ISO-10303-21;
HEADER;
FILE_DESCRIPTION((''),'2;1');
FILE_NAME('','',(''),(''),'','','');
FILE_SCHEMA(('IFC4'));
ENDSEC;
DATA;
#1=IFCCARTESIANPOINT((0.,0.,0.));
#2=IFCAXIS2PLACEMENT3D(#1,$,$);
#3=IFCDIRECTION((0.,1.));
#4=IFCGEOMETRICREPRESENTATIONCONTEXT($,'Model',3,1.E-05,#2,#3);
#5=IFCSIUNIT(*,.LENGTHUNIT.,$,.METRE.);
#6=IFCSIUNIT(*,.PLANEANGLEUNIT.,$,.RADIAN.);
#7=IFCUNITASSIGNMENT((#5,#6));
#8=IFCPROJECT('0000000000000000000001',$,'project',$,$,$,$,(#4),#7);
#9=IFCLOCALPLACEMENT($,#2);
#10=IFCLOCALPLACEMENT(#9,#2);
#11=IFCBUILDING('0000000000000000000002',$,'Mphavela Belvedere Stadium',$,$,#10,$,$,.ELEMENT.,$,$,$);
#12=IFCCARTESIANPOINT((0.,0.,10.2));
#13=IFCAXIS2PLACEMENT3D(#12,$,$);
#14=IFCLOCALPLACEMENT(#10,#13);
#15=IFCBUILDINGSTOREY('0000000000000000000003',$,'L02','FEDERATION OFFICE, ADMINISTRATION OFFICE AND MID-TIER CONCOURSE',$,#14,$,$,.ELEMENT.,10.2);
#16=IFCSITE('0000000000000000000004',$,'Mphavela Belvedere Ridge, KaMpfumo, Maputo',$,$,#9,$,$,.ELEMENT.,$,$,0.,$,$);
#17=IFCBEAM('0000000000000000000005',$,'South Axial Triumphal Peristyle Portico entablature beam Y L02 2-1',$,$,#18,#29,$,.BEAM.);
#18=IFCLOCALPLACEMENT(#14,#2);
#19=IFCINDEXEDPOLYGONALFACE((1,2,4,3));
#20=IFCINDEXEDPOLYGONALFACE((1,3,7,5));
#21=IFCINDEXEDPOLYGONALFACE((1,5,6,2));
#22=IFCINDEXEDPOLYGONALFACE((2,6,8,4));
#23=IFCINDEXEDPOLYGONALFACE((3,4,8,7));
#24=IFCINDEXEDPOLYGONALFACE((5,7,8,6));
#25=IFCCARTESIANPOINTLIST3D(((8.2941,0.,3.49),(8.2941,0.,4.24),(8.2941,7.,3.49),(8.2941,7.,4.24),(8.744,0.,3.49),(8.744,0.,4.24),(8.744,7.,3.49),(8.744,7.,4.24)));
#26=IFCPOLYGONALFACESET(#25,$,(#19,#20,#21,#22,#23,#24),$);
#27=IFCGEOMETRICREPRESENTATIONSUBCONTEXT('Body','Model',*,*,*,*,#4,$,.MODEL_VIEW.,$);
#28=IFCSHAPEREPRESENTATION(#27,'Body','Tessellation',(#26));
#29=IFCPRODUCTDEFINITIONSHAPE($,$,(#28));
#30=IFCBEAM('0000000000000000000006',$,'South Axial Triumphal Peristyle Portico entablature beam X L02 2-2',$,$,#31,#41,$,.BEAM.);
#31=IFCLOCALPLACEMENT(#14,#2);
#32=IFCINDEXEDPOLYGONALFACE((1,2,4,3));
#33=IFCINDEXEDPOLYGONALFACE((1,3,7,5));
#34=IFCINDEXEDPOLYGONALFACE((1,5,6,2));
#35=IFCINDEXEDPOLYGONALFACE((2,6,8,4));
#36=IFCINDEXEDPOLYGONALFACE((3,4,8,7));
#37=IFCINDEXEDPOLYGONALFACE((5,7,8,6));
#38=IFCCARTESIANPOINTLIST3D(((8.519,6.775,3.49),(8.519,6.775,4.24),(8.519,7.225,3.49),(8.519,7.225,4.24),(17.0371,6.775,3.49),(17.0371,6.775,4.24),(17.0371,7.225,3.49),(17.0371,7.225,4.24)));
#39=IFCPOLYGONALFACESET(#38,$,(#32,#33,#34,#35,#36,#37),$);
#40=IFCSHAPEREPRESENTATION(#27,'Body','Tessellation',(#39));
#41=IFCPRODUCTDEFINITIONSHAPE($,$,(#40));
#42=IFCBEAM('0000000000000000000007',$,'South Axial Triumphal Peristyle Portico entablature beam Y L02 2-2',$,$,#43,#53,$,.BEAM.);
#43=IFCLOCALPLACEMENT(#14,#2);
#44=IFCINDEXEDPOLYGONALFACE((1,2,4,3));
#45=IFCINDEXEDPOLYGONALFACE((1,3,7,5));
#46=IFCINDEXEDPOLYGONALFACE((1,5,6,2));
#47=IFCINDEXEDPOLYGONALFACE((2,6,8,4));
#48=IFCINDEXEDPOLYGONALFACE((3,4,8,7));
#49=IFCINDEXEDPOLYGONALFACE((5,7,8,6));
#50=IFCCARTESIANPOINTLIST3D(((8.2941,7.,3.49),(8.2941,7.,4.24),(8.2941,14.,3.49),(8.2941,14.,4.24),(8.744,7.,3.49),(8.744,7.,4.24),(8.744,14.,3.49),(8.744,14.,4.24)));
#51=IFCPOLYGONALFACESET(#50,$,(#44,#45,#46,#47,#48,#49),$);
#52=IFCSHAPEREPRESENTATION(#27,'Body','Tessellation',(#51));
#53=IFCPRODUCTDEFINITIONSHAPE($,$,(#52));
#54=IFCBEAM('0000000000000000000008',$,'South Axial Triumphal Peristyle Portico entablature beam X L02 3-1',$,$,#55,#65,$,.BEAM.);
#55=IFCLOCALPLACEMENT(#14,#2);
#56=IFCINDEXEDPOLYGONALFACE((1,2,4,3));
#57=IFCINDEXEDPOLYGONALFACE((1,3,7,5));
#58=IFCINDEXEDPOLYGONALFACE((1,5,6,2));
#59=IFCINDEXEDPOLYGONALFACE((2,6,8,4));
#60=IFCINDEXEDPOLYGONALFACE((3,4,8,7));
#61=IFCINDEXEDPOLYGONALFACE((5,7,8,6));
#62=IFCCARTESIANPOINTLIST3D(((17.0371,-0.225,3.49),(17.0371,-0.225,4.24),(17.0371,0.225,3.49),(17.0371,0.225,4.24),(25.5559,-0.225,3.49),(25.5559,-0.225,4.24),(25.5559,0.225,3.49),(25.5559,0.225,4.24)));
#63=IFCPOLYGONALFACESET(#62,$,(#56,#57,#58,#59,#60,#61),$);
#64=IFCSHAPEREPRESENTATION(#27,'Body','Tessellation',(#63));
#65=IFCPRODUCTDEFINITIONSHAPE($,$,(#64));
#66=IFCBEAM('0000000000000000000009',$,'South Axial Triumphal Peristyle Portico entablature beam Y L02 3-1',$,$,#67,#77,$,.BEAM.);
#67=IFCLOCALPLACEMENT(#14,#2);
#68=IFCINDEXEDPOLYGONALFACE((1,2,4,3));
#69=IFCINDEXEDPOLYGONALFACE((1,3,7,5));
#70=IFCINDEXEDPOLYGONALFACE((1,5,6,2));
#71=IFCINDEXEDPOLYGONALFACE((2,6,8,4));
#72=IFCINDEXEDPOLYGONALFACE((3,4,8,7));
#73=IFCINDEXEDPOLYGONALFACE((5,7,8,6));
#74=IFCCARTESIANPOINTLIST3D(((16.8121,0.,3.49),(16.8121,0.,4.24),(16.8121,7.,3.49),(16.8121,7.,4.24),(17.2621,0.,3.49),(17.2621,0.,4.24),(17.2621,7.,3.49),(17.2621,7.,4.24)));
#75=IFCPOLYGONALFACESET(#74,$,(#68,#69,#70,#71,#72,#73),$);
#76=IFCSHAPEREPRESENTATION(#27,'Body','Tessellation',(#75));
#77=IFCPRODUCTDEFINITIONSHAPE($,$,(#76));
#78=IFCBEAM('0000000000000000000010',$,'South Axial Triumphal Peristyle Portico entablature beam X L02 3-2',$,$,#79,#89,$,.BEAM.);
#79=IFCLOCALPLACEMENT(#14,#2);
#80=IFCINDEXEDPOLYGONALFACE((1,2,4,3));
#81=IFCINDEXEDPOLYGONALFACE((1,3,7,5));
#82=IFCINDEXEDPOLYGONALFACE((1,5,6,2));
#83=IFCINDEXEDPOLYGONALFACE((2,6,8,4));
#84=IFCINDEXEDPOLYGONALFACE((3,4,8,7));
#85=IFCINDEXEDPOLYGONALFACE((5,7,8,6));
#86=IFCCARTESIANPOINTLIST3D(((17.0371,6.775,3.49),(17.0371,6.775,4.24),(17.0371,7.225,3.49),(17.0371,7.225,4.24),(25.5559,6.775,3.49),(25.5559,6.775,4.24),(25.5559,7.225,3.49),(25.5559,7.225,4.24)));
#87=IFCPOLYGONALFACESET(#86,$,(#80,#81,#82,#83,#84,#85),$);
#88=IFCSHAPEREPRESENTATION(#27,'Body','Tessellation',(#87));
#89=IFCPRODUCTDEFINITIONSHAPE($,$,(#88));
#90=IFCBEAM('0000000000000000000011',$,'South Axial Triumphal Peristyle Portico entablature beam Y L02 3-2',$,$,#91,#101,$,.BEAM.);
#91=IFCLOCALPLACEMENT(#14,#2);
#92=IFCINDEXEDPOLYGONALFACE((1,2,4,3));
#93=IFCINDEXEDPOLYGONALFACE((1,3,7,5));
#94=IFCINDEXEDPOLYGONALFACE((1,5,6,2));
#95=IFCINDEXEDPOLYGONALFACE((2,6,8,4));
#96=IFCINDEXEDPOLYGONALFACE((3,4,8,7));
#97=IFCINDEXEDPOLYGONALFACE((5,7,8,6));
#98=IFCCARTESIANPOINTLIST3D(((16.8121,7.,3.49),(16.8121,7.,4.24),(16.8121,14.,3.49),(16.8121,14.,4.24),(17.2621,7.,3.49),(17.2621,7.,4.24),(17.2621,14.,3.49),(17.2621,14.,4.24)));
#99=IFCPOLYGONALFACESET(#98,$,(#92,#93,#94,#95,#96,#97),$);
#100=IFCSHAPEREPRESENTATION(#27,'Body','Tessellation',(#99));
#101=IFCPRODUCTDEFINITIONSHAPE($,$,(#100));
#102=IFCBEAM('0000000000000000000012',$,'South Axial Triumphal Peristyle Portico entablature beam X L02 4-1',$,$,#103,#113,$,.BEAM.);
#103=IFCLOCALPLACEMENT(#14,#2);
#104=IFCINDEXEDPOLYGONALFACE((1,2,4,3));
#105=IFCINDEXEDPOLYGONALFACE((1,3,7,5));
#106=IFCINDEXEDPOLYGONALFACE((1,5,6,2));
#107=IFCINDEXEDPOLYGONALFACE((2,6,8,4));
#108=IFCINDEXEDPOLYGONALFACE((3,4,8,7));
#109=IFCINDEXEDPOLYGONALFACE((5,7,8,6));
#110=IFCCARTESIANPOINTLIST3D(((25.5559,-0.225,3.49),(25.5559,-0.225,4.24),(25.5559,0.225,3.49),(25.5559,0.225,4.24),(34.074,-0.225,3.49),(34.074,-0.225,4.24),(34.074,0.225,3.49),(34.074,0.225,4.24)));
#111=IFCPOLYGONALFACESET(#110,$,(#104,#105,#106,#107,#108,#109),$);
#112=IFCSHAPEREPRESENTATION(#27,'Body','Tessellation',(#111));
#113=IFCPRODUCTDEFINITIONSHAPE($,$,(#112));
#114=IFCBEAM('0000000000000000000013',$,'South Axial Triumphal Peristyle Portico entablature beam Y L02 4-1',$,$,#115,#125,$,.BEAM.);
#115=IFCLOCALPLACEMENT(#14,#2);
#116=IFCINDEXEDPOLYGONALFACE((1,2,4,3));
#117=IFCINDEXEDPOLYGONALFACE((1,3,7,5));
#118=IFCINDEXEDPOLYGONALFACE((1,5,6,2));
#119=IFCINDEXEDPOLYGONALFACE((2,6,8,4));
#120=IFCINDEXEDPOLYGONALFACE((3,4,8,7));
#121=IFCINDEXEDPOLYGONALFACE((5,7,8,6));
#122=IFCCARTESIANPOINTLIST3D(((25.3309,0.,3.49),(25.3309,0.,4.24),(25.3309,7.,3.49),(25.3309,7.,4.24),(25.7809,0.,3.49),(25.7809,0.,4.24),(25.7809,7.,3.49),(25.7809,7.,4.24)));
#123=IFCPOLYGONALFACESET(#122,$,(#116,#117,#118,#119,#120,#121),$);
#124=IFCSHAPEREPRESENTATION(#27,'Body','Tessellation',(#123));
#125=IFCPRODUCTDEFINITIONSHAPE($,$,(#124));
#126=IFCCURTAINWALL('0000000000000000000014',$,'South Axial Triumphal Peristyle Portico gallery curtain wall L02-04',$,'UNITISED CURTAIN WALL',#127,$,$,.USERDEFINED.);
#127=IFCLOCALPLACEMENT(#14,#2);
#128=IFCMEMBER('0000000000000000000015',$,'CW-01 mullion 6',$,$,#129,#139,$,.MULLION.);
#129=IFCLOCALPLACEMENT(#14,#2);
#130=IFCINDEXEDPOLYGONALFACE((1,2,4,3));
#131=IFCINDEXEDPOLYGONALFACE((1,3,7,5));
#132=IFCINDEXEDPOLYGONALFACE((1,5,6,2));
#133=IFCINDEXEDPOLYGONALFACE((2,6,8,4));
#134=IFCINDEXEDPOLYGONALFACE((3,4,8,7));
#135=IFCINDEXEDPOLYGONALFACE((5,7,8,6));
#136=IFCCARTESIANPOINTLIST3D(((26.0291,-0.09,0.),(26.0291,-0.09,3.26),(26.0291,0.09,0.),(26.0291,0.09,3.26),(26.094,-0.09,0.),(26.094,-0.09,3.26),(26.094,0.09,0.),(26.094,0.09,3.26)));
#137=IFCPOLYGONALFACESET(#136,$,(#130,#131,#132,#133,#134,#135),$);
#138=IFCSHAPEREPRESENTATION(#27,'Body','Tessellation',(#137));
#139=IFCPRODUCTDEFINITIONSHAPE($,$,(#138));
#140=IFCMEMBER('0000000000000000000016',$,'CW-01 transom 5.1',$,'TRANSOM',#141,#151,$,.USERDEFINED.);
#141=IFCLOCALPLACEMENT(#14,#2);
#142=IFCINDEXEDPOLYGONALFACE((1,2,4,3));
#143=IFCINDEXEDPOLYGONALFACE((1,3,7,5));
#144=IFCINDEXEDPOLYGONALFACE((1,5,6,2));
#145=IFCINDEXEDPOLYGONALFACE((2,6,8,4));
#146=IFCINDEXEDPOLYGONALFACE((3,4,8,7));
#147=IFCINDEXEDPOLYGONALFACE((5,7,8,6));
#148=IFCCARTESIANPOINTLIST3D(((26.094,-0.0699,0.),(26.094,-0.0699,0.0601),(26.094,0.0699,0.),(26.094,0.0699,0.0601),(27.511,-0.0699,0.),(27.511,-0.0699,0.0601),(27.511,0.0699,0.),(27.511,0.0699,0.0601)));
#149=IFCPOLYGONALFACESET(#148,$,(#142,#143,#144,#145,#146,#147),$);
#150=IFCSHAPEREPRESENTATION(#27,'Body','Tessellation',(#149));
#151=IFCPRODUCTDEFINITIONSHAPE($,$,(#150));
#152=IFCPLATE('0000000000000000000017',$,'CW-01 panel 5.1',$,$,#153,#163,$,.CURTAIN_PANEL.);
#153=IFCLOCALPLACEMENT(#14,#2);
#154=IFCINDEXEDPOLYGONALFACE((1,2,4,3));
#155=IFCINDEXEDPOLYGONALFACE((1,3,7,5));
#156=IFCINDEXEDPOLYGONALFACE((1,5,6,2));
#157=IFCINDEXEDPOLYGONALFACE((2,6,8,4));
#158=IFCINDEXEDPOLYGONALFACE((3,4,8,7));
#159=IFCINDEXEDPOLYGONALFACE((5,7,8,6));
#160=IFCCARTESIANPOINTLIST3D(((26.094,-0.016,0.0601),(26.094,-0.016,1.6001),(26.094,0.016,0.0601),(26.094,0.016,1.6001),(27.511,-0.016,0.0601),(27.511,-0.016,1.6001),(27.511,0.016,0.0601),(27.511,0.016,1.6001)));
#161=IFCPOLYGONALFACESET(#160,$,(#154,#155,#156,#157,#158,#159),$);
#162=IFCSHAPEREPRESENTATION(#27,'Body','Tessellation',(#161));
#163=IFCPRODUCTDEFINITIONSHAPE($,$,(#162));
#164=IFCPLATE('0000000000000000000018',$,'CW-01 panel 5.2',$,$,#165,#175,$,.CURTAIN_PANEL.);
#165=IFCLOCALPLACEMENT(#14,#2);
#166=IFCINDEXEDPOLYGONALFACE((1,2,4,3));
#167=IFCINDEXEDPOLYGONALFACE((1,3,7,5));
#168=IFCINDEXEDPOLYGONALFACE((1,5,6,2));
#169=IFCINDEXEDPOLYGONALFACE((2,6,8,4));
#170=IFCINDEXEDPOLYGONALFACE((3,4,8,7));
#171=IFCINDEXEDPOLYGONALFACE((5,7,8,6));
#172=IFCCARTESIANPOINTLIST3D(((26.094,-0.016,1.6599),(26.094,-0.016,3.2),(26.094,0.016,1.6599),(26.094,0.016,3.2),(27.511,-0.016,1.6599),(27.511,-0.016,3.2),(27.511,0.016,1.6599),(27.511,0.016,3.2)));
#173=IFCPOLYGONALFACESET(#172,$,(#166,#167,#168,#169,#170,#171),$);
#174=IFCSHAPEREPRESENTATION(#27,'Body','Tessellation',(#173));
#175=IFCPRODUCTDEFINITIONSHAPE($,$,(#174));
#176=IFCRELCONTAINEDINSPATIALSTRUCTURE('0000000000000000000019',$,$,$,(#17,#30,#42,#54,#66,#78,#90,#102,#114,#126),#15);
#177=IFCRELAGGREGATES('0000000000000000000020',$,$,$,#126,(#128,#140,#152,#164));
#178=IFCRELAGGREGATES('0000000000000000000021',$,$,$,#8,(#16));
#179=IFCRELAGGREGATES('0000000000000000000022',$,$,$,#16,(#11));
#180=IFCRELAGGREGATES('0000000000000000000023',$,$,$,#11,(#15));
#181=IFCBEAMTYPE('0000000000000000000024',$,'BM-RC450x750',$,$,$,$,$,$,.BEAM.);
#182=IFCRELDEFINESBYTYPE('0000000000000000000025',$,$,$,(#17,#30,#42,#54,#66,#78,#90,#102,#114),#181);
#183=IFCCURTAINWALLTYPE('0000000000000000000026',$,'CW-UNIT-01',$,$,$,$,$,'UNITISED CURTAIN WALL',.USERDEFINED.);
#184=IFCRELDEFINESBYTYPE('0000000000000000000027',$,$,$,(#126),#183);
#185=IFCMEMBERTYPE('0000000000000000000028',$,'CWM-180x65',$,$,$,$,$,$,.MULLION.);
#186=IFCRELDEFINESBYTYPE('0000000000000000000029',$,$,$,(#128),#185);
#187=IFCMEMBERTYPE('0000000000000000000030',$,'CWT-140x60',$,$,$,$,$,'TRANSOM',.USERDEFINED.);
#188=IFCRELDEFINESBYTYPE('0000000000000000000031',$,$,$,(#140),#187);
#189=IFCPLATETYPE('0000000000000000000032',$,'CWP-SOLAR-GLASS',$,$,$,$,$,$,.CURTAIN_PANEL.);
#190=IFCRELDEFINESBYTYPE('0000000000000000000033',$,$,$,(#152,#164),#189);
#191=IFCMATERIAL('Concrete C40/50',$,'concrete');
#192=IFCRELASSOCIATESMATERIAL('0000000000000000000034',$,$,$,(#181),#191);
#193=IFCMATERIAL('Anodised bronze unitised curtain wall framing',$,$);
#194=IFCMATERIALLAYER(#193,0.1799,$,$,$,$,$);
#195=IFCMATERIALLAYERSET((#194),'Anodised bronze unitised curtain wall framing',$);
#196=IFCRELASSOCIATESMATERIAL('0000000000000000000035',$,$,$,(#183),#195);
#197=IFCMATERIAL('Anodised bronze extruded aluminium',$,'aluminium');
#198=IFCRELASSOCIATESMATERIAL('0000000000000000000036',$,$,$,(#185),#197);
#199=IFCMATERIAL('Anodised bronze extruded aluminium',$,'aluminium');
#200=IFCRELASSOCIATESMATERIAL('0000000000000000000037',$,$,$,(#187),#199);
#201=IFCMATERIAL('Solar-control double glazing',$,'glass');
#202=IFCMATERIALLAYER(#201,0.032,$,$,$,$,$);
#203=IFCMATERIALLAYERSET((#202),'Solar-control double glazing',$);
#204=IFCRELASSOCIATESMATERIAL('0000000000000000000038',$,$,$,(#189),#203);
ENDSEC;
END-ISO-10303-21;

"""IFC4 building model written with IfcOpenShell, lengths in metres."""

from ifc_helpers import new_model, si_unit, direction, frame, origin, origin_2d, place, context, subcontext, project, spatial, rectangle, extrude, material, layer, layer_set, material_profile, profile_set, type_object, element, aggregate, save


model = new_model("IFC4")

# Units and contexts
model_context = context("Model", 3, precision=1e-05, world=origin(), true_north=direction((0.0, 1.0)))
body_context = subcontext(model_context, "Body", "Model", "MODEL_VIEW")
ifc_project = project(units=[si_unit("LENGTHUNIT", "METRE"), si_unit("PLANEANGLEUNIT", "RADIAN")], contexts=[model_context])

# Site, building, storey
site_placement = place(None, origin())
site = spatial("IfcSite", under=ifc_project, at=site_placement, Name="Mphavela Belvedere Ridge, KaMpfumo, Maputo", CompositionType="ELEMENT", RefElevation=0.0)
building_placement = place(site_placement, origin())
building = spatial("IfcBuilding", under=site, at=building_placement, Name="Mphavela Belvedere Stadium", CompositionType="ELEMENT")
storey_placement = place(building_placement, frame((0.0, 0.0, 10.2)))
storey = spatial("IfcBuildingStorey", under=building, at=storey_placement, Name="L02", Description="FEDERATION OFFICE, ADMINISTRATION OFFICE AND MID-TIER CONCOURSE", CompositionType="ELEMENT", Elevation=10.2)

# Beams
ifc_material_1 = material(Name="Concrete C40/50", Category="concrete")
ifc_material_profile_1 = material_profile(ifc_material_1, rectangle(XDim=0.45, YDim=0.75, at=origin_2d()), Name="RC 450x750")
ifc_profile_set_1 = profile_set([ifc_material_profile_1], Name="Concrete C40/50")
beam_type_1 = type_object("IfcBeamType", Name="BM-RC450x750", PredefinedType="BEAM", material=ifc_profile_set_1)
beam_1_placement = place(storey_placement, frame((8.519, 0.0, 3.865), z_axis=(0.0, 1.0, 0.0), x_axis=(-1.0, 0.0, 0.0)))
element("IfcBeam", 1, at=beam_1_placement, inside=storey, type_object=beam_type_1, Name="South Axial Triumphal Peristyle Portico entablature beam Y L02 2-1", PredefinedType="BEAM", context=body_context, shape_type="SweptSolid", body=[
    extrude(rectangle(XDim=0.45, YDim=0.75, at=origin_2d()), origin(), (0.0, 0.0, 1.0), 7.0),
])
beam_2_placement = place(storey_placement, frame((8.519, 7.0, 3.865), z_axis=(1.0, 0.0, 0.0), x_axis=(0.0, 1.0, 0.0)))
element("IfcBeam", 2, at=beam_2_placement, inside=storey, type_object=beam_type_1, Name="South Axial Triumphal Peristyle Portico entablature beam X L02 2-2", PredefinedType="BEAM", context=body_context, shape_type="SweptSolid", body=[
    extrude(rectangle(XDim=0.45, YDim=0.75, at=origin_2d()), origin(), (0.0, 0.0, 1.0), 8.5181),
])
beam_3_placement = place(storey_placement, frame((8.519, 7.0, 3.865), z_axis=(0.0, 1.0, 0.0), x_axis=(-1.0, 0.0, 0.0)))
element("IfcBeam", 3, at=beam_3_placement, inside=storey, type_object=beam_type_1, Name="South Axial Triumphal Peristyle Portico entablature beam Y L02 2-2", PredefinedType="BEAM", context=body_context, shape_type="SweptSolid", body=[
    extrude(rectangle(XDim=0.45, YDim=0.75, at=origin_2d()), origin(), (0.0, 0.0, 1.0), 7.0),
])
beam_4_placement = place(storey_placement, frame((17.0371, 0.0, 3.865), z_axis=(1.0, 0.0, 0.0), x_axis=(0.0, 1.0, 0.0)))
element("IfcBeam", 4, at=beam_4_placement, inside=storey, type_object=beam_type_1, Name="South Axial Triumphal Peristyle Portico entablature beam X L02 3-1", PredefinedType="BEAM", context=body_context, shape_type="SweptSolid", body=[
    extrude(rectangle(XDim=0.45, YDim=0.75, at=origin_2d()), origin(), (0.0, 0.0, 1.0), 8.5188),
])
beam_5_placement = place(storey_placement, frame((17.0371, 0.0, 3.865), z_axis=(0.0, 1.0, 0.0), x_axis=(-1.0, 0.0, 0.0)))
element("IfcBeam", 5, at=beam_5_placement, inside=storey, type_object=beam_type_1, Name="South Axial Triumphal Peristyle Portico entablature beam Y L02 3-1", PredefinedType="BEAM", context=body_context, shape_type="SweptSolid", body=[
    extrude(rectangle(XDim=0.45, YDim=0.75, at=origin_2d()), origin(), (0.0, 0.0, 1.0), 7.0),
])
beam_6_placement = place(storey_placement, frame((17.0371, 7.0, 3.865), z_axis=(1.0, 0.0, 0.0), x_axis=(0.0, 1.0, 0.0)))
element("IfcBeam", 6, at=beam_6_placement, inside=storey, type_object=beam_type_1, Name="South Axial Triumphal Peristyle Portico entablature beam X L02 3-2", PredefinedType="BEAM", context=body_context, shape_type="SweptSolid", body=[
    extrude(rectangle(XDim=0.45, YDim=0.75, at=origin_2d()), origin(), (0.0, 0.0, 1.0), 8.5188),
])
beam_7_placement = place(storey_placement, frame((17.0371, 7.0, 3.865), z_axis=(0.0, 1.0, 0.0), x_axis=(-1.0, 0.0, 0.0)))
element("IfcBeam", 7, at=beam_7_placement, inside=storey, type_object=beam_type_1, Name="South Axial Triumphal Peristyle Portico entablature beam Y L02 3-2", PredefinedType="BEAM", context=body_context, shape_type="SweptSolid", body=[
    extrude(rectangle(XDim=0.45, YDim=0.75, at=origin_2d()), origin(), (0.0, 0.0, 1.0), 7.0),
])
beam_8_placement = place(storey_placement, frame((25.5559, 0.0, 3.865), z_axis=(1.0, 0.0, 0.0), x_axis=(0.0, 1.0, 0.0)))
element("IfcBeam", 8, at=beam_8_placement, inside=storey, type_object=beam_type_1, Name="South Axial Triumphal Peristyle Portico entablature beam X L02 4-1", PredefinedType="BEAM", context=body_context, shape_type="SweptSolid", body=[
    extrude(rectangle(XDim=0.45, YDim=0.75, at=origin_2d()), origin(), (0.0, 0.0, 1.0), 8.5181),
])
beam_9_placement = place(storey_placement, frame((25.5559, 0.0, 3.865), z_axis=(0.0, 1.0, 0.0), x_axis=(-1.0, 0.0, 0.0)))
element("IfcBeam", 9, at=beam_9_placement, inside=storey, type_object=beam_type_1, Name="South Axial Triumphal Peristyle Portico entablature beam Y L02 4-1", PredefinedType="BEAM", context=body_context, shape_type="SweptSolid", body=[
    extrude(rectangle(XDim=0.45, YDim=0.75, at=origin_2d()), origin(), (0.0, 0.0, 1.0), 7.0),
])

# Curtain wall, members, plates
ifc_material_2 = material(Name="Anodised bronze unitised curtain wall framing")
ifc_layer_1 = layer(ifc_material_2, 0.1799)
ifc_layer_set_1 = layer_set([ifc_layer_1], Name="Anodised bronze unitised curtain wall framing")
curtain_wall_type = type_object("IfcCurtainWallType", Name="CW-UNIT-01", ElementType="UNITISED CURTAIN WALL", PredefinedType="USERDEFINED", material=ifc_layer_set_1)
curtain_wall_placement = place(storey_placement, origin())
curtain_wall = element("IfcCurtainWall", 10, at=curtain_wall_placement, inside=storey, type_object=curtain_wall_type, Name="South Axial Triumphal Peristyle Portico gallery curtain wall L02-04", ObjectType="UNITISED CURTAIN WALL", PredefinedType="USERDEFINED")
ifc_material_3 = material(Name="Anodised bronze extruded aluminium", Category="aluminium")
ifc_material_profile_2 = material_profile(ifc_material_3, rectangle(XDim=0.1799, YDim=0.0649, at=origin_2d()), Name="CW-MUL 180x65")
ifc_profile_set_2 = profile_set([ifc_material_profile_2], Name="Anodised bronze extruded aluminium")
member_type_1 = type_object("IfcMemberType", Name="CWM-180x65", PredefinedType="MULLION", material=ifc_profile_set_2)
member_1_placement = place(storey_placement, frame((26.0615, 0.0, 0.0), z_axis=(0.0, 0.0, 1.0), x_axis=(0.0, -1.0, 0.0)))
member_1 = element("IfcMember", 11, at=member_1_placement, type_object=member_type_1, Name="CW-01 mullion 6", PredefinedType="MULLION", context=body_context, shape_type="SweptSolid", body=[
    extrude(rectangle(XDim=0.1799, YDim=0.0649, at=origin_2d()), origin(), (0.0, 0.0, 1.0), 3.26),
])
ifc_material_4 = material(Name="Anodised bronze extruded aluminium", Category="aluminium")
ifc_material_profile_3 = material_profile(ifc_material_4, rectangle(XDim=0.1399, YDim=0.0601, at=origin_2d()), Name="CW-TRN 140x60")
ifc_profile_set_3 = profile_set([ifc_material_profile_3], Name="Anodised bronze extruded aluminium")
member_type_2 = type_object("IfcMemberType", Name="CWT-140x60", ElementType="TRANSOM", PredefinedType="USERDEFINED", material=ifc_profile_set_3)
member_2_placement = place(storey_placement, frame((27.511, 0.0, 0.03), z_axis=(-1.0, 0.0, 0.0), x_axis=(0.0, -1.0, 0.0)))
member_2 = element("IfcMember", 12, at=member_2_placement, type_object=member_type_2, Name="CW-01 transom 5.1", ObjectType="TRANSOM", PredefinedType="USERDEFINED", context=body_context, shape_type="SweptSolid", body=[
    extrude(rectangle(XDim=0.1399, YDim=0.0601, at=origin_2d()), origin(), (0.0, 0.0, 1.0), 1.417),
])
ifc_material_5 = material(Name="Solar-control double glazing", Category="glass")
ifc_layer_2 = layer(ifc_material_5, 0.032)
ifc_layer_set_2 = layer_set([ifc_layer_2], Name="Solar-control double glazing")
plate_type = type_object("IfcPlateType", Name="CWP-SOLAR-GLASS", PredefinedType="CURTAIN_PANEL", material=ifc_layer_set_2)
plate_1_placement = place(storey_placement, frame((26.8025, 0.0, 0.0601), z_axis=(0.0, 0.0, 1.0), x_axis=(-1.0, 0.0, 0.0)))
plate_1 = element("IfcPlate", 13, at=plate_1_placement, type_object=plate_type, Name="CW-01 panel 5.1", PredefinedType="CURTAIN_PANEL", context=body_context, shape_type="SweptSolid", body=[
    extrude(rectangle(XDim=1.417, YDim=0.032, at=origin_2d()), origin(), (0.0, 0.0, 1.0), 1.54),
])
plate_2_placement = place(storey_placement, frame((26.8025, 0.0, 1.6599), z_axis=(0.0, 0.0, 1.0), x_axis=(-1.0, 0.0, 0.0)))
plate_2 = element("IfcPlate", 14, at=plate_2_placement, type_object=plate_type, Name="CW-01 panel 5.2", PredefinedType="CURTAIN_PANEL", context=body_context, shape_type="SweptSolid", body=[
    extrude(rectangle(XDim=1.417, YDim=0.032, at=origin_2d()), origin(), (0.0, 0.0, 1.0), 1.54),
])
aggregate(curtain_wall, [member_1, member_2, plate_1, plate_2])

save(model, "model.ifc")
